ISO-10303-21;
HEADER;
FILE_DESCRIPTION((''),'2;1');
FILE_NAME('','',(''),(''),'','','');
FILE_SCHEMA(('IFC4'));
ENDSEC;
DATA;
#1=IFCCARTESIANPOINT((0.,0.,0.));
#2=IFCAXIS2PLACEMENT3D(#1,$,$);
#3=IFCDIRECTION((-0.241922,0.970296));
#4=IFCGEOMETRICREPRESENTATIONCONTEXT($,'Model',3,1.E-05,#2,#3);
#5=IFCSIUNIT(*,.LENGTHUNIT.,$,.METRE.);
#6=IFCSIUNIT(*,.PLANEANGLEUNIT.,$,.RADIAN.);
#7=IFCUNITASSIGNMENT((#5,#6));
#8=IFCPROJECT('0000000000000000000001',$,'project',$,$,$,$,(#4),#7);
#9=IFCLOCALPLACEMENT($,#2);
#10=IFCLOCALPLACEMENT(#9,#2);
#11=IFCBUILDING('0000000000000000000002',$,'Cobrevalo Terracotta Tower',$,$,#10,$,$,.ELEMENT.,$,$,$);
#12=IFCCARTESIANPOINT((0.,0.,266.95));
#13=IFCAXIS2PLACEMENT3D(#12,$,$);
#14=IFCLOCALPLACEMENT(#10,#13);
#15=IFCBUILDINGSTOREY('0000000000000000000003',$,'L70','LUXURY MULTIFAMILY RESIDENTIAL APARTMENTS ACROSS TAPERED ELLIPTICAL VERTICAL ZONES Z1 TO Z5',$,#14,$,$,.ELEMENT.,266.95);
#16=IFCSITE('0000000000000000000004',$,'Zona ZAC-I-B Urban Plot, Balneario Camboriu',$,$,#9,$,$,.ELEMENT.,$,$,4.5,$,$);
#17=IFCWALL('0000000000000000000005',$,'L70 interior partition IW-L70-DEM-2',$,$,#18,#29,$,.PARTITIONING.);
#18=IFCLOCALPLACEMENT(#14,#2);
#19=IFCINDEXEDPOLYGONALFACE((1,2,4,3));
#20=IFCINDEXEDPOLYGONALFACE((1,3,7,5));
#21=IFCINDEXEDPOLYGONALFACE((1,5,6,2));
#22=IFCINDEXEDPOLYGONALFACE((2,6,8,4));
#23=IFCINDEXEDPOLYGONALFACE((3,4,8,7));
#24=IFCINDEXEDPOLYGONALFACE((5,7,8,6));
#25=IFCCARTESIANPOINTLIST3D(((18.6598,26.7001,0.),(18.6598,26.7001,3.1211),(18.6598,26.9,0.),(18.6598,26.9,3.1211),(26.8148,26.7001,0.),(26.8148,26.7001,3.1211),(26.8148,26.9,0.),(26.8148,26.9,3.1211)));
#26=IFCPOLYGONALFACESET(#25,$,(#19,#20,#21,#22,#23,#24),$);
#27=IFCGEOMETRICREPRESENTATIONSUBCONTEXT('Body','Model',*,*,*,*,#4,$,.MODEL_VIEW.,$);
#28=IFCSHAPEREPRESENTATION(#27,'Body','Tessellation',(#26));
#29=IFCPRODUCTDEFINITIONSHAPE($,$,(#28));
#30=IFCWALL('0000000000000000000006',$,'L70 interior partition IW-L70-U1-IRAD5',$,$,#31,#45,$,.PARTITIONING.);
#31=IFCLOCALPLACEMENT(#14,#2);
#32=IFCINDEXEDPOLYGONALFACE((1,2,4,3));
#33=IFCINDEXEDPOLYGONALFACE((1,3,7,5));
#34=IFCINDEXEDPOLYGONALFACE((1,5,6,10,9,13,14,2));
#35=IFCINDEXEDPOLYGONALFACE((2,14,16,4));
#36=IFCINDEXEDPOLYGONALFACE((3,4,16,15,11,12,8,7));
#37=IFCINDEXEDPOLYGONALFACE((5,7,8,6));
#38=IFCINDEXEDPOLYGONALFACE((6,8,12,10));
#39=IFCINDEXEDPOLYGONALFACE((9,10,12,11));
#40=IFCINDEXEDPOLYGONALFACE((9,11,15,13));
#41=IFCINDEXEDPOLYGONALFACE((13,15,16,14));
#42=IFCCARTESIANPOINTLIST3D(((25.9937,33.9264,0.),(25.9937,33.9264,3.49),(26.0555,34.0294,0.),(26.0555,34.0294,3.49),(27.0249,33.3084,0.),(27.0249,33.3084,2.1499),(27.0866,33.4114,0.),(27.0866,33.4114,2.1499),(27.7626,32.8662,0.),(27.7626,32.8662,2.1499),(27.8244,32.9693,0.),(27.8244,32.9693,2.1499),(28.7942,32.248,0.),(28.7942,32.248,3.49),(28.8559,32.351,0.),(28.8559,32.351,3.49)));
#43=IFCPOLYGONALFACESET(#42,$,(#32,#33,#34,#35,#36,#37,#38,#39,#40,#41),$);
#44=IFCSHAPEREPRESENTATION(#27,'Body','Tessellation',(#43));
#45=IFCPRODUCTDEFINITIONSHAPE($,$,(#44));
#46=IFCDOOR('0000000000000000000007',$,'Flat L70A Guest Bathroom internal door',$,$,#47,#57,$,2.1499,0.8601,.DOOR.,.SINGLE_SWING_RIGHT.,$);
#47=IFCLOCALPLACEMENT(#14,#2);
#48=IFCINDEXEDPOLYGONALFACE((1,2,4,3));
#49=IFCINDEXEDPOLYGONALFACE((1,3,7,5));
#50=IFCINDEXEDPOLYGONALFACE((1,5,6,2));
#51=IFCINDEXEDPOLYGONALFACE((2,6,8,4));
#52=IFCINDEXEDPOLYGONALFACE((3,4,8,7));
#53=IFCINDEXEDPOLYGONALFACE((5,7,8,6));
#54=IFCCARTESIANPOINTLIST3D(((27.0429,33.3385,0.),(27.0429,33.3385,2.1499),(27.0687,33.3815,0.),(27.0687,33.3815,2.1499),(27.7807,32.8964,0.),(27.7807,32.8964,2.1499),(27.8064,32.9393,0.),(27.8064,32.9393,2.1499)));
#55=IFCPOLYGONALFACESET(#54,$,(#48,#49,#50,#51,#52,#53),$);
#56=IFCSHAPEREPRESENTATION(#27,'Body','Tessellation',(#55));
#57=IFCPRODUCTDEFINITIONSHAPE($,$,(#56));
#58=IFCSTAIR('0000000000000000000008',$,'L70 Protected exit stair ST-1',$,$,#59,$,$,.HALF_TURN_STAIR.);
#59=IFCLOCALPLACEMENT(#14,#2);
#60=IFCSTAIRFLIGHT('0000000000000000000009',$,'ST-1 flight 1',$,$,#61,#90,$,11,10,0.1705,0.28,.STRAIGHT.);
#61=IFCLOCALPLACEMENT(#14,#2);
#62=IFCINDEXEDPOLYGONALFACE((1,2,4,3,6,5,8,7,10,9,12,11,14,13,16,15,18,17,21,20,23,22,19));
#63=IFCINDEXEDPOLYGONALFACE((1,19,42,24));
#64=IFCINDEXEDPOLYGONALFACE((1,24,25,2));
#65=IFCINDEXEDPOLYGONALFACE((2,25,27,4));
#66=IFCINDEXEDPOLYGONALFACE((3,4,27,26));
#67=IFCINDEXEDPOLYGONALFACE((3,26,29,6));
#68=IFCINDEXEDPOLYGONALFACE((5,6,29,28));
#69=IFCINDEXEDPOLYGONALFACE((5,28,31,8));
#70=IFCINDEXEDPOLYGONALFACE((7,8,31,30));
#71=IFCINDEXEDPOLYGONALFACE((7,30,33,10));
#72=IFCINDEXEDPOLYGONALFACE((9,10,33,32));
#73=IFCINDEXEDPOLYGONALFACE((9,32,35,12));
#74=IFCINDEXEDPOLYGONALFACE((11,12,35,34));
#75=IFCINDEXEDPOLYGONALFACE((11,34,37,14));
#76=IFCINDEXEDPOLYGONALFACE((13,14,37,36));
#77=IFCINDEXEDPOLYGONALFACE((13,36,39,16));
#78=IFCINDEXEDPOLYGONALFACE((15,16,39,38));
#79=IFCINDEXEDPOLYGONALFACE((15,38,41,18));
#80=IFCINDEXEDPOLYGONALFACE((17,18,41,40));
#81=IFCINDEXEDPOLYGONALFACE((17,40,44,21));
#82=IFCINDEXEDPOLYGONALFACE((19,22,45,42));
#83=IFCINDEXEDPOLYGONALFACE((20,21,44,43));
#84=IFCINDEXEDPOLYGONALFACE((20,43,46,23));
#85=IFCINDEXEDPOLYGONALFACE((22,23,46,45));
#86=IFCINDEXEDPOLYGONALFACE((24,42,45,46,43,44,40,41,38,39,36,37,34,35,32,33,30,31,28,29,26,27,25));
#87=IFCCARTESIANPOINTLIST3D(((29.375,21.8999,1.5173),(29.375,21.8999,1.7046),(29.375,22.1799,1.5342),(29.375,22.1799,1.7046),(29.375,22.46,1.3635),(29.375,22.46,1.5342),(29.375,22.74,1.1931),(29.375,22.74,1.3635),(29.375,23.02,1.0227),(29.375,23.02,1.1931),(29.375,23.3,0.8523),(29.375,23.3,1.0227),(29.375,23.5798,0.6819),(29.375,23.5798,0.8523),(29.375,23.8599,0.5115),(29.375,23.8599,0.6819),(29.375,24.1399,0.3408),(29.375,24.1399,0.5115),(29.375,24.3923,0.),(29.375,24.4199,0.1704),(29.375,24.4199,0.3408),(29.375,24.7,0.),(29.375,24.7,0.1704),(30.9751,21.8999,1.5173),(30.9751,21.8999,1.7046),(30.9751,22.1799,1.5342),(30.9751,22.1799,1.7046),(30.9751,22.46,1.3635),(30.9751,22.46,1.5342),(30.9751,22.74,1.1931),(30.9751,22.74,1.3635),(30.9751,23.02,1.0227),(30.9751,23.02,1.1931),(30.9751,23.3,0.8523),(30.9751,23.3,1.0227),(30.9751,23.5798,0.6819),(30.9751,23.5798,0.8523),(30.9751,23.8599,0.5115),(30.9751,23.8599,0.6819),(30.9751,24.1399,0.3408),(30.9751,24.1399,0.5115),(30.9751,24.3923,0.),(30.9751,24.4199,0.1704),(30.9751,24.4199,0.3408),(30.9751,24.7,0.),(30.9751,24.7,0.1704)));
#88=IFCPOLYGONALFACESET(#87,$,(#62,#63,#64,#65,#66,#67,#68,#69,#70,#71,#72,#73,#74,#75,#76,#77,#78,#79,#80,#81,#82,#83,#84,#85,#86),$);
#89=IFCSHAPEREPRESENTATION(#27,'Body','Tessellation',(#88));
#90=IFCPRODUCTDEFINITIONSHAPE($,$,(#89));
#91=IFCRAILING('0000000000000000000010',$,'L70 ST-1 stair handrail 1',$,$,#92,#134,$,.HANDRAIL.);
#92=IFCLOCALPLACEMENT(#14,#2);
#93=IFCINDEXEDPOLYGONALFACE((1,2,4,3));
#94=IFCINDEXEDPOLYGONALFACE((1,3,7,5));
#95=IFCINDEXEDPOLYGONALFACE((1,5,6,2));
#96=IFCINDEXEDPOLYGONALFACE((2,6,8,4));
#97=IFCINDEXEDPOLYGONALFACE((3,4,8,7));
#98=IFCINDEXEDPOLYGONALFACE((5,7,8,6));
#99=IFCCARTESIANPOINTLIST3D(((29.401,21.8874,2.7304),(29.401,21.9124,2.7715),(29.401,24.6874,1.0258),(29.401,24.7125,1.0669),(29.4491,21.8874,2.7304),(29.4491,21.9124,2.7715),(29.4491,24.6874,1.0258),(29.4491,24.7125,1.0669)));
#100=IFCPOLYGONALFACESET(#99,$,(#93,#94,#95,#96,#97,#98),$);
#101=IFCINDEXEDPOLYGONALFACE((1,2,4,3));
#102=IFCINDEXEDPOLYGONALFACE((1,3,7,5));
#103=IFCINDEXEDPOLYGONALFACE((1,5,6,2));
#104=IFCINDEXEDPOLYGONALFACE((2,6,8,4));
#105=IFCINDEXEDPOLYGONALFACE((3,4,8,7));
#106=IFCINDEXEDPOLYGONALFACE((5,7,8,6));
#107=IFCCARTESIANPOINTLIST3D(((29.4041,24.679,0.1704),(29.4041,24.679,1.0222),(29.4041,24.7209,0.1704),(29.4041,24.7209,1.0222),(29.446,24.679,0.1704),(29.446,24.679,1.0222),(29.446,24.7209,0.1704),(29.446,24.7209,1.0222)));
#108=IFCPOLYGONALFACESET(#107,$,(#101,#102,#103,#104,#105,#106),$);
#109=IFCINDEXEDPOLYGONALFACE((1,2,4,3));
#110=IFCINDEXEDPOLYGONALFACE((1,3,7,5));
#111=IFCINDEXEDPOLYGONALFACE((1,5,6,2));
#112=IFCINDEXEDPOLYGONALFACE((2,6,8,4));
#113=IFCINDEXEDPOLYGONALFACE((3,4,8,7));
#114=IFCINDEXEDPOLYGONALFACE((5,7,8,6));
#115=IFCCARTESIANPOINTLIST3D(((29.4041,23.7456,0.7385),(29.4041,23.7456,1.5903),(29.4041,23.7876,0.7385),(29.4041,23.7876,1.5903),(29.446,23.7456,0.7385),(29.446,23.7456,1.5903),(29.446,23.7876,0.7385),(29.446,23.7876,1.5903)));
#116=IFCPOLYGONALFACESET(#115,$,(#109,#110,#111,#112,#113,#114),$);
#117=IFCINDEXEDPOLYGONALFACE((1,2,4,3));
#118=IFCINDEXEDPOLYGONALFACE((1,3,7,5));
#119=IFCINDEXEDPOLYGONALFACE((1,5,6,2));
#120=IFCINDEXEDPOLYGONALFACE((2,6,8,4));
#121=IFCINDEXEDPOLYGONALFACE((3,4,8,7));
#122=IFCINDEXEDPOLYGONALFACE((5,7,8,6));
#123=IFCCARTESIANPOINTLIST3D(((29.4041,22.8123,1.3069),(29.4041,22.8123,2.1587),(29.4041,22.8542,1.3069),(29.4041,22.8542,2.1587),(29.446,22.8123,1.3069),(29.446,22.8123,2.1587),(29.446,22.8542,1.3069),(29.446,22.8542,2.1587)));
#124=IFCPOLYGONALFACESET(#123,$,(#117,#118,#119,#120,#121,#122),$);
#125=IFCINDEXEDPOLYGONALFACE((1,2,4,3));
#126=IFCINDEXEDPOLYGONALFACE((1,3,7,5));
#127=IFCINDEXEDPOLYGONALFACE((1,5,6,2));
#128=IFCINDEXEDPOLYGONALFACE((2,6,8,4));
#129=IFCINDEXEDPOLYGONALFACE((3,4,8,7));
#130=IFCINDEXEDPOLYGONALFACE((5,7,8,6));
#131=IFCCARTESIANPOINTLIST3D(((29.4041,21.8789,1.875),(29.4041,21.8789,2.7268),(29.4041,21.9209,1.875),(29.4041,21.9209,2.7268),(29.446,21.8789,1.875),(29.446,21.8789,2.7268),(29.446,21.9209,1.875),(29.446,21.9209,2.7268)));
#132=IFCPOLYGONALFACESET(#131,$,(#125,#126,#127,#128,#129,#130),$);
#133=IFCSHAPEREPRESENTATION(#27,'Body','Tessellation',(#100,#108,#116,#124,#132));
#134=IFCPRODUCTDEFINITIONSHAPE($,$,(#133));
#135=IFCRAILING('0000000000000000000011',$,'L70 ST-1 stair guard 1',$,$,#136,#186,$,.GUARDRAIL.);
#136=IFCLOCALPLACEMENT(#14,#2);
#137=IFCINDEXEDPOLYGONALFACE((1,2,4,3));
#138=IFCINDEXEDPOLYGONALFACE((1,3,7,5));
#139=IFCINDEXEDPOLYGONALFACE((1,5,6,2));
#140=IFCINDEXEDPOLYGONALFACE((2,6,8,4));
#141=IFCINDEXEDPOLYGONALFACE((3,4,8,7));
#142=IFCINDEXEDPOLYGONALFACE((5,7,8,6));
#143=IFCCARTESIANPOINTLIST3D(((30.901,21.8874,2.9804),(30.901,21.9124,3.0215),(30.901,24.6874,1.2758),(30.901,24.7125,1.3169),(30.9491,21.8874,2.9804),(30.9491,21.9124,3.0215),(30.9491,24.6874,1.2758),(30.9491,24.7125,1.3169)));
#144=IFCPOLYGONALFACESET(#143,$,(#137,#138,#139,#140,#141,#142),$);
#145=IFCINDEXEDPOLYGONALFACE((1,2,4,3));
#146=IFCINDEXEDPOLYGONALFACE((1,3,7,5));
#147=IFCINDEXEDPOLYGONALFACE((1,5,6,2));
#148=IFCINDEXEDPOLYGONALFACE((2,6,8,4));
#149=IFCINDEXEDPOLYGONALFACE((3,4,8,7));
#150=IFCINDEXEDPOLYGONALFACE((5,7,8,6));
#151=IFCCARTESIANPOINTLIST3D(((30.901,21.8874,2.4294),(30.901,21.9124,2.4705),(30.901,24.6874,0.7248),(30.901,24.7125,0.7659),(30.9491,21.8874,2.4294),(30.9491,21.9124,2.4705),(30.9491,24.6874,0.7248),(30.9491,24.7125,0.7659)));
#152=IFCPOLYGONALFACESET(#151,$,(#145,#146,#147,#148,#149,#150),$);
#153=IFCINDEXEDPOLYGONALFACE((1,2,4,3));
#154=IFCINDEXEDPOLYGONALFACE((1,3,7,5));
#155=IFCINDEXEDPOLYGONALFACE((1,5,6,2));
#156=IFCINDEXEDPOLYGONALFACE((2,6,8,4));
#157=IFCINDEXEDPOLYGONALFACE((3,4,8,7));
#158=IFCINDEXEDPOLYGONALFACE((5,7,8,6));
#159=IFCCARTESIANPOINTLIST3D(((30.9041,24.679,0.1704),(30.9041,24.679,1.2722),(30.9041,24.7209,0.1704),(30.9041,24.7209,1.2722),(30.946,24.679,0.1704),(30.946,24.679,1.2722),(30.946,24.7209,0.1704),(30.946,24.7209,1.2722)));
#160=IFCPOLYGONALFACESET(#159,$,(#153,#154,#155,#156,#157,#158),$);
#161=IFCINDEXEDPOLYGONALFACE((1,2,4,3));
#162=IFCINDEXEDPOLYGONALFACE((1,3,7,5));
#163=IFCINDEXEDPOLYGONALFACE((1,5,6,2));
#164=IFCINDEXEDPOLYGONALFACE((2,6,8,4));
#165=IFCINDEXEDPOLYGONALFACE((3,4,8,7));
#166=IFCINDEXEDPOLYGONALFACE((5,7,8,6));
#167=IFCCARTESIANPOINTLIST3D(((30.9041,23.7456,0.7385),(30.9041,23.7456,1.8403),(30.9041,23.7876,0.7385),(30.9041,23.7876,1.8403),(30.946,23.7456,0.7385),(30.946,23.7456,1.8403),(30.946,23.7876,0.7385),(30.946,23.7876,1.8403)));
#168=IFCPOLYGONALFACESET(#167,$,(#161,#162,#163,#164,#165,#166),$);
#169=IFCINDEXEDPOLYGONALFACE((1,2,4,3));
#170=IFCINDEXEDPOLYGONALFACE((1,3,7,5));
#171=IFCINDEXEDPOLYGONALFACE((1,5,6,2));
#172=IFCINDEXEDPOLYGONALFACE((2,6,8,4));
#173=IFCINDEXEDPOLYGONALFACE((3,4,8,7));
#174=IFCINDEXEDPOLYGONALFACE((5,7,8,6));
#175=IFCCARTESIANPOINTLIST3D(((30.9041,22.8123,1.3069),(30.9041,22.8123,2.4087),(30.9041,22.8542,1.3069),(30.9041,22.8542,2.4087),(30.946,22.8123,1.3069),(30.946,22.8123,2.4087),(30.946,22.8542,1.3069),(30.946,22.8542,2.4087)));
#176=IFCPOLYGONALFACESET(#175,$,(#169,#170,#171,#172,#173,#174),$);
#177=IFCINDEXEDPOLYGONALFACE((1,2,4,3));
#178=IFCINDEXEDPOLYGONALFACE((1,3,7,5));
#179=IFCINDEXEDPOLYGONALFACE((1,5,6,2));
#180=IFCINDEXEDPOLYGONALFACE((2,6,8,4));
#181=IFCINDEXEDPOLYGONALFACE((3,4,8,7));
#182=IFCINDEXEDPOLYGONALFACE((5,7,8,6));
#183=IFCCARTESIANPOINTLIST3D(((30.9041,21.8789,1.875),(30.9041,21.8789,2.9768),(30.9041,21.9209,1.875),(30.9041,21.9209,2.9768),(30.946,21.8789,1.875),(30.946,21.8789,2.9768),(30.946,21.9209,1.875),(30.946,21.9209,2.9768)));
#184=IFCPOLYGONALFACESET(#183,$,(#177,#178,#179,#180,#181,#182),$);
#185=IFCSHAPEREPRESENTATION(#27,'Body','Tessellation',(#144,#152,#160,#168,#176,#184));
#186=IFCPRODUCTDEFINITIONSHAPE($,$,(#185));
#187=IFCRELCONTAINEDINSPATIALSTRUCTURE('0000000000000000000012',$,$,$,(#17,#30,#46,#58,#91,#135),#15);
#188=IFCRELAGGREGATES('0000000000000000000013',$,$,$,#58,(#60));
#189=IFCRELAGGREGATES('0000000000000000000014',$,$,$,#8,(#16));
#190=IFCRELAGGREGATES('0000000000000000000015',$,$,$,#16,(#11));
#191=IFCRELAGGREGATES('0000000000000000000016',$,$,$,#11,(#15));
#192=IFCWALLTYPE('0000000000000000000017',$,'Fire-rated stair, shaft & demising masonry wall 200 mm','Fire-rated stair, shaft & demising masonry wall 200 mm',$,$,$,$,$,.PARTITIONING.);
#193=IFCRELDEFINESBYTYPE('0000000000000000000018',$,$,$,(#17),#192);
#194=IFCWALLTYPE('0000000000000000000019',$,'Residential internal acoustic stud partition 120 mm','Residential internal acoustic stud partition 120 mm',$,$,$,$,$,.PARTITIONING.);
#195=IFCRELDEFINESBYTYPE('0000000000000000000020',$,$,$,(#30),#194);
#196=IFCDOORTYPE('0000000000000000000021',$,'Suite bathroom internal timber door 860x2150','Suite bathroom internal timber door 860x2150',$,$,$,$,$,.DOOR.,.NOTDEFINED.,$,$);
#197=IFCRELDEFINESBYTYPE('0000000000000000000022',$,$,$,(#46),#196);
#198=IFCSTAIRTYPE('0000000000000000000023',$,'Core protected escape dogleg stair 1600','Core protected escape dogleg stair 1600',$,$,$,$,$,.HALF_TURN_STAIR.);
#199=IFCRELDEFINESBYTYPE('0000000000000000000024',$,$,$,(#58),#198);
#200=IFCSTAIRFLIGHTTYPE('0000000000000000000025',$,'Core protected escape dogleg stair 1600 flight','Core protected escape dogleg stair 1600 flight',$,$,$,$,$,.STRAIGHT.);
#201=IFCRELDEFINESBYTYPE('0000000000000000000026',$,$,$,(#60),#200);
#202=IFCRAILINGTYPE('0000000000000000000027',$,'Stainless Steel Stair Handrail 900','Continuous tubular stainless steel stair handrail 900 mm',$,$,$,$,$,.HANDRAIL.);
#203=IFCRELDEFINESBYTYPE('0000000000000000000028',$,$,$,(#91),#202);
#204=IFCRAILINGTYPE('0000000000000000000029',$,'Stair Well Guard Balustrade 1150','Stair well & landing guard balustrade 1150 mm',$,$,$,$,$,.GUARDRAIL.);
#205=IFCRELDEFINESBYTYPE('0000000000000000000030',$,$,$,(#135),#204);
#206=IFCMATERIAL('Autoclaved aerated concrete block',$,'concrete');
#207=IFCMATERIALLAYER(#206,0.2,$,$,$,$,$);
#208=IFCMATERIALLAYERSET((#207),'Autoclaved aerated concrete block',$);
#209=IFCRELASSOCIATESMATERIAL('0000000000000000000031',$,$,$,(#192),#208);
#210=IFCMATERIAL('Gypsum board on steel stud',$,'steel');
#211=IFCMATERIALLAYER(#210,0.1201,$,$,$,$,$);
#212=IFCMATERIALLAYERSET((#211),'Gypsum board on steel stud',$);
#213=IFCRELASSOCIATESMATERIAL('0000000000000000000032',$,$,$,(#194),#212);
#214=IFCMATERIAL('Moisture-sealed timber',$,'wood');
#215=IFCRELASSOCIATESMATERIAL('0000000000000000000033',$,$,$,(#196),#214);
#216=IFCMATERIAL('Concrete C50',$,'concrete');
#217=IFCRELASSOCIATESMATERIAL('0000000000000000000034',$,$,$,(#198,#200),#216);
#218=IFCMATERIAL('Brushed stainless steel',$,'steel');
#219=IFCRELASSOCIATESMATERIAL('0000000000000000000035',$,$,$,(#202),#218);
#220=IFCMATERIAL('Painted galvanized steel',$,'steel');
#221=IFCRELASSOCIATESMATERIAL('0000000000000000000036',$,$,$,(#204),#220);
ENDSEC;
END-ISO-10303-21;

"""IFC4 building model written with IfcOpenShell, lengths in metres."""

from ifc_helpers import new_model, si_unit, direction, frame, frame_2d, origin, origin_2d, place, context, subcontext, project, spatial, polyline, rectangle, outline, extrude, source, transform, mapped, material, layer, layer_set, type_object, element, fill, aggregate, save


model = new_model("IFC4")

# Units and contexts
model_context = context("Model", 3, precision=1e-05, world=origin(), true_north=direction((-0.241922, 0.970296)))
body_context = subcontext(model_context, "Body", "Model", "MODEL_VIEW")
ifc_project = project(units=[si_unit("LENGTHUNIT", "METRE"), si_unit("PLANEANGLEUNIT", "RADIAN")], contexts=[model_context])

# Site, building, storey
site_placement = place(None, origin())
site = spatial("IfcSite", under=ifc_project, at=site_placement, Name="Zona ZAC-I-B Urban Plot, Balneario Camboriu", CompositionType="ELEMENT", RefElevation=4.5)
building_placement = place(site_placement, origin())
building = spatial("IfcBuilding", under=site, at=building_placement, Name="Cobrevalo Terracotta Tower", CompositionType="ELEMENT")
storey_placement = place(building_placement, frame((0.0, 0.0, 266.95)))
storey = spatial("IfcBuildingStorey", under=building, at=storey_placement, Name="L70", Description="LUXURY MULTIFAMILY RESIDENTIAL APARTMENTS ACROSS TAPERED ELLIPTICAL VERTICAL ZONES Z1 TO Z5", CompositionType="ELEMENT", Elevation=266.95)

# Shared definitions
ifc_material_1 = material(Name="Gypsum board on steel stud", Category="steel")

# Shared definitions
ifc_material_2 = material(Name="Brushed stainless steel", Category="steel")

# Wall
ifc_material_3 = material(Name="Autoclaved aerated concrete block", Category="concrete")
ifc_layer_1 = layer(ifc_material_3, 0.2)
ifc_layer_set_1 = layer_set([ifc_layer_1], Name="Autoclaved aerated concrete block")
wall_type_1 = type_object("IfcWallType", Name="Fire-rated stair, shaft & demising masonry wall 200 mm", Description="Fire-rated stair, shaft & demising masonry wall 200 mm", PredefinedType="PARTITIONING", material=ifc_layer_set_1)
wall_1_placement = place(storey_placement, frame((26.8149, 26.8, 0.0), z_axis=(0.0, 0.0, 1.0), x_axis=(-1.0, 0.0, 0.0)))
element("IfcWall", 1, at=wall_1_placement, inside=storey, type_object=wall_type_1, Name="L70 interior partition IW-L70-DEM-2", PredefinedType="PARTITIONING", context=body_context, shape_type="SweptSolid", body=[
    extrude(rectangle(XDim=8.155, YDim=0.2, at=frame_2d((4.0776, 0.0))), origin(), (0.0, 0.0, 1.0), 3.1211),
])

# Wall, opening, door
ifc_layer_2 = layer(ifc_material_1, 0.1201)
ifc_layer_set_2 = layer_set([ifc_layer_2], Name="Gypsum board on steel stud")
wall_type_2 = type_object("IfcWallType", Name="Residential internal acoustic stud partition 120 mm", Description="Residential internal acoustic stud partition 120 mm", PredefinedType="PARTITIONING", material=ifc_layer_set_2)
wall_2_placement = place(storey_placement, frame((28.825, 32.2996, 0.0), z_axis=(0.0, 0.0, 1.0), x_axis=(-0.857744, 0.514078, 0.0)))
wall_2 = element("IfcWall", 2, at=wall_2_placement, inside=storey, type_object=wall_type_2, Name="L70 interior partition IW-L70-U1-IRAD5", PredefinedType="PARTITIONING", context=body_context, shape_type="SweptSolid", body=[
    extrude(rectangle(XDim=3.2649, YDim=0.1201, at=frame_2d((1.6323, 0.0))), origin(), (0.0, 0.0, 1.0), 3.49),
])
opening_1_placement = place(wall_2_placement, frame((1.2024, 0.0, 0.0)))
opening_1 = element("IfcOpeningElement", 3, at=opening_1_placement, cuts=wall_2, PredefinedType="OPENING", context=body_context, shape_type="SweptSolid", body=[
    extrude(rectangle(XDim=0.8601, YDim=2.1499, at=frame_2d((0.4302, 1.075))), frame((0.0, 0.0701, 0.0), z_axis=(0.0, -1.0, 0.0), x_axis=(1.0, 0.0, 0.0)), (0.0, 0.0, 1.0), 0.1401),
])
ifc_material_4 = material(Name="Moisture-sealed timber", Category="wood")
door_type_1 = type_object("IfcDoorType", Name="Suite bathroom internal timber door 860x2150", Description="Suite bathroom internal timber door 860x2150", OperationType="NOTDEFINED", PredefinedType="DOOR", material=ifc_material_4)
shared_shape_1 = source(origin(), body_context, "Body", "SweptSolid", [
    extrude(rectangle(XDim=0.8601, YDim=2.1499, at=frame_2d((0.4302, 1.075))), frame((0.0, 0.0249, 0.0), z_axis=(0.0, -1.0, 0.0), x_axis=(1.0, 0.0, 0.0)), (0.0, 0.0, 1.0), 0.05),
])
door_1_placement = place(opening_1_placement, origin())
door_1 = element("IfcDoor", 4, at=door_1_placement, inside=storey, type_object=door_type_1, Name="Flat L70A Guest Bathroom internal door", OperationType="SINGLE_SWING_RIGHT", OverallHeight=2.1499, OverallWidth=0.8601, PredefinedType="DOOR", context=body_context, shape_type="MappedRepresentation", body=[
    mapped(shared_shape_1, transform((0.0, 0.0, 0.0), scale=1.0)),
])
fill(opening_1, door_1)
ifc_material_5 = material(Name="Concrete C50", Category="concrete")

# Stair, stair flight
stair_type = type_object("IfcStairType", Name="Core protected escape dogleg stair 1600", Description="Core protected escape dogleg stair 1600", PredefinedType="HALF_TURN_STAIR", material=ifc_material_5)
stair_placement = place(storey_placement, origin())
stair = element("IfcStair", 5, at=stair_placement, inside=storey, type_object=stair_type, Name="L70 Protected exit stair ST-1", PredefinedType="HALF_TURN_STAIR")
stair_flight_type = type_object("IfcStairFlightType", Name="Core protected escape dogleg stair 1600 flight", Description="Core protected escape dogleg stair 1600 flight", PredefinedType="STRAIGHT", material=ifc_material_5)
stair_flight_placement = place(storey_placement, frame((30.175, 24.7, 0.0), z_axis=(0.0, 0.0, 1.0), x_axis=(0.0, -1.0, 0.0)))
stair_flight = element("IfcStairFlight", 6, at=stair_flight_placement, type_object=stair_flight_type, Name="ST-1 flight 1", NumberOfRisers=11, NumberOfTreads=10, PredefinedType="STRAIGHT", RiserHeight=0.1705, TreadLength=0.28, context=body_context, shape_type="SweptSolid", body=[
    extrude(outline(polyline([(0.0, 0.0), (0.0, 0.1704), (0.28, 0.1704), (0.28, 0.3408), (0.5601, 0.3408), (0.5601, 0.5115), (0.8401, 0.5115), (0.8401, 0.6819), (1.1201, 0.6819), (1.1201, 0.8523), (1.3999, 0.8523), (1.3999, 1.0227), (1.6799, 1.0227), (1.6799, 1.1931), (1.96, 1.1931), (1.96, 1.3635), (2.24, 1.3635), (2.24, 1.5342), (2.52, 1.5342), (2.52, 1.7046), (2.8, 1.7046), (2.8, 1.875), (2.8, 1.5173), (0.3076, 0.0), (0.0, 0.0)])), frame((0.0, 0.8, 0.0), z_axis=(0.0, -1.0, 0.0), x_axis=(1.0, 0.0, 0.0)), (0.0, 0.0, 1.0), 1.6001),
])
aggregate(stair, [stair_flight])

# Railings
railing_type_1 = type_object("IfcRailingType", Name="Stainless Steel Stair Handrail 900", Description="Continuous tubular stainless steel stair handrail 900 mm", PredefinedType="HANDRAIL", material=ifc_material_2)
railing_1_placement = place(storey_placement, frame((29.425, 24.7, 0.1704)))
element("IfcRailing", 7, at=railing_1_placement, inside=storey, type_object=railing_type_1, Name="L70 ST-1 stair handrail 1", PredefinedType="HANDRAIL", context=body_context, shape_type="SweptSolid", body=[
    extrude(rectangle(XDim=0.0481, YDim=0.0481, at=origin_2d()), frame((0.0, 0.0, 0.876), z_axis=(0.0, -0.85417, 0.519994), x_axis=(1.0, 0.0, 0.0)), (0.0, 0.0, 1.0), 3.2781),
    extrude(rectangle(XDim=0.042, YDim=0.042, at=origin_2d()), origin(), (0.0, 0.0, 1.0), 0.8518),
    extrude(rectangle(XDim=0.042, YDim=0.042, at=origin_2d()), frame((0.0, -0.9333, 0.5681)), (0.0, 0.0, 1.0), 0.8518),
    extrude(rectangle(XDim=0.042, YDim=0.042, at=origin_2d()), frame((0.0, -1.8667, 1.1365)), (0.0, 0.0, 1.0), 0.8518),
    extrude(rectangle(XDim=0.042, YDim=0.042, at=origin_2d()), frame((0.0, -2.8, 1.7046)), (0.0, 0.0, 1.0), 0.8518),
])
ifc_material_6 = material(Name="Painted galvanized steel", Category="steel")
railing_type_2 = type_object("IfcRailingType", Name="Stair Well Guard Balustrade 1150", Description="Stair well & landing guard balustrade 1150 mm", PredefinedType="GUARDRAIL", material=ifc_material_6)
railing_2_placement = place(storey_placement, frame((30.925, 24.7, 0.1704)))
element("IfcRailing", 8, at=railing_2_placement, inside=storey, type_object=railing_type_2, Name="L70 ST-1 stair guard 1", PredefinedType="GUARDRAIL", context=body_context, shape_type="SweptSolid", body=[
    extrude(rectangle(XDim=0.0481, YDim=0.0481, at=origin_2d()), frame((0.0, 0.0, 1.126), z_axis=(0.0, -0.85417, 0.519994), x_axis=(1.0, 0.0, 0.0)), (0.0, 0.0, 1.0), 3.2781),
    extrude(rectangle(XDim=0.0481, YDim=0.0481, at=origin_2d()), frame((0.0, 0.0, 0.575), z_axis=(0.0, -0.85417, 0.519994), x_axis=(1.0, 0.0, 0.0)), (0.0, 0.0, 1.0), 3.2781),
    extrude(rectangle(XDim=0.042, YDim=0.042, at=origin_2d()), origin(), (0.0, 0.0, 1.0), 1.1018),
    extrude(rectangle(XDim=0.042, YDim=0.042, at=origin_2d()), frame((0.0, -0.9333, 0.5681)), (0.0, 0.0, 1.0), 1.1018),
    extrude(rectangle(XDim=0.042, YDim=0.042, at=origin_2d()), frame((0.0, -1.8667, 1.1365)), (0.0, 0.0, 1.0), 1.1018),
    extrude(rectangle(XDim=0.042, YDim=0.042, at=origin_2d()), frame((0.0, -2.8, 1.7046)), (0.0, 0.0, 1.0), 1.1018),
])

save(model, "model.ifc")
